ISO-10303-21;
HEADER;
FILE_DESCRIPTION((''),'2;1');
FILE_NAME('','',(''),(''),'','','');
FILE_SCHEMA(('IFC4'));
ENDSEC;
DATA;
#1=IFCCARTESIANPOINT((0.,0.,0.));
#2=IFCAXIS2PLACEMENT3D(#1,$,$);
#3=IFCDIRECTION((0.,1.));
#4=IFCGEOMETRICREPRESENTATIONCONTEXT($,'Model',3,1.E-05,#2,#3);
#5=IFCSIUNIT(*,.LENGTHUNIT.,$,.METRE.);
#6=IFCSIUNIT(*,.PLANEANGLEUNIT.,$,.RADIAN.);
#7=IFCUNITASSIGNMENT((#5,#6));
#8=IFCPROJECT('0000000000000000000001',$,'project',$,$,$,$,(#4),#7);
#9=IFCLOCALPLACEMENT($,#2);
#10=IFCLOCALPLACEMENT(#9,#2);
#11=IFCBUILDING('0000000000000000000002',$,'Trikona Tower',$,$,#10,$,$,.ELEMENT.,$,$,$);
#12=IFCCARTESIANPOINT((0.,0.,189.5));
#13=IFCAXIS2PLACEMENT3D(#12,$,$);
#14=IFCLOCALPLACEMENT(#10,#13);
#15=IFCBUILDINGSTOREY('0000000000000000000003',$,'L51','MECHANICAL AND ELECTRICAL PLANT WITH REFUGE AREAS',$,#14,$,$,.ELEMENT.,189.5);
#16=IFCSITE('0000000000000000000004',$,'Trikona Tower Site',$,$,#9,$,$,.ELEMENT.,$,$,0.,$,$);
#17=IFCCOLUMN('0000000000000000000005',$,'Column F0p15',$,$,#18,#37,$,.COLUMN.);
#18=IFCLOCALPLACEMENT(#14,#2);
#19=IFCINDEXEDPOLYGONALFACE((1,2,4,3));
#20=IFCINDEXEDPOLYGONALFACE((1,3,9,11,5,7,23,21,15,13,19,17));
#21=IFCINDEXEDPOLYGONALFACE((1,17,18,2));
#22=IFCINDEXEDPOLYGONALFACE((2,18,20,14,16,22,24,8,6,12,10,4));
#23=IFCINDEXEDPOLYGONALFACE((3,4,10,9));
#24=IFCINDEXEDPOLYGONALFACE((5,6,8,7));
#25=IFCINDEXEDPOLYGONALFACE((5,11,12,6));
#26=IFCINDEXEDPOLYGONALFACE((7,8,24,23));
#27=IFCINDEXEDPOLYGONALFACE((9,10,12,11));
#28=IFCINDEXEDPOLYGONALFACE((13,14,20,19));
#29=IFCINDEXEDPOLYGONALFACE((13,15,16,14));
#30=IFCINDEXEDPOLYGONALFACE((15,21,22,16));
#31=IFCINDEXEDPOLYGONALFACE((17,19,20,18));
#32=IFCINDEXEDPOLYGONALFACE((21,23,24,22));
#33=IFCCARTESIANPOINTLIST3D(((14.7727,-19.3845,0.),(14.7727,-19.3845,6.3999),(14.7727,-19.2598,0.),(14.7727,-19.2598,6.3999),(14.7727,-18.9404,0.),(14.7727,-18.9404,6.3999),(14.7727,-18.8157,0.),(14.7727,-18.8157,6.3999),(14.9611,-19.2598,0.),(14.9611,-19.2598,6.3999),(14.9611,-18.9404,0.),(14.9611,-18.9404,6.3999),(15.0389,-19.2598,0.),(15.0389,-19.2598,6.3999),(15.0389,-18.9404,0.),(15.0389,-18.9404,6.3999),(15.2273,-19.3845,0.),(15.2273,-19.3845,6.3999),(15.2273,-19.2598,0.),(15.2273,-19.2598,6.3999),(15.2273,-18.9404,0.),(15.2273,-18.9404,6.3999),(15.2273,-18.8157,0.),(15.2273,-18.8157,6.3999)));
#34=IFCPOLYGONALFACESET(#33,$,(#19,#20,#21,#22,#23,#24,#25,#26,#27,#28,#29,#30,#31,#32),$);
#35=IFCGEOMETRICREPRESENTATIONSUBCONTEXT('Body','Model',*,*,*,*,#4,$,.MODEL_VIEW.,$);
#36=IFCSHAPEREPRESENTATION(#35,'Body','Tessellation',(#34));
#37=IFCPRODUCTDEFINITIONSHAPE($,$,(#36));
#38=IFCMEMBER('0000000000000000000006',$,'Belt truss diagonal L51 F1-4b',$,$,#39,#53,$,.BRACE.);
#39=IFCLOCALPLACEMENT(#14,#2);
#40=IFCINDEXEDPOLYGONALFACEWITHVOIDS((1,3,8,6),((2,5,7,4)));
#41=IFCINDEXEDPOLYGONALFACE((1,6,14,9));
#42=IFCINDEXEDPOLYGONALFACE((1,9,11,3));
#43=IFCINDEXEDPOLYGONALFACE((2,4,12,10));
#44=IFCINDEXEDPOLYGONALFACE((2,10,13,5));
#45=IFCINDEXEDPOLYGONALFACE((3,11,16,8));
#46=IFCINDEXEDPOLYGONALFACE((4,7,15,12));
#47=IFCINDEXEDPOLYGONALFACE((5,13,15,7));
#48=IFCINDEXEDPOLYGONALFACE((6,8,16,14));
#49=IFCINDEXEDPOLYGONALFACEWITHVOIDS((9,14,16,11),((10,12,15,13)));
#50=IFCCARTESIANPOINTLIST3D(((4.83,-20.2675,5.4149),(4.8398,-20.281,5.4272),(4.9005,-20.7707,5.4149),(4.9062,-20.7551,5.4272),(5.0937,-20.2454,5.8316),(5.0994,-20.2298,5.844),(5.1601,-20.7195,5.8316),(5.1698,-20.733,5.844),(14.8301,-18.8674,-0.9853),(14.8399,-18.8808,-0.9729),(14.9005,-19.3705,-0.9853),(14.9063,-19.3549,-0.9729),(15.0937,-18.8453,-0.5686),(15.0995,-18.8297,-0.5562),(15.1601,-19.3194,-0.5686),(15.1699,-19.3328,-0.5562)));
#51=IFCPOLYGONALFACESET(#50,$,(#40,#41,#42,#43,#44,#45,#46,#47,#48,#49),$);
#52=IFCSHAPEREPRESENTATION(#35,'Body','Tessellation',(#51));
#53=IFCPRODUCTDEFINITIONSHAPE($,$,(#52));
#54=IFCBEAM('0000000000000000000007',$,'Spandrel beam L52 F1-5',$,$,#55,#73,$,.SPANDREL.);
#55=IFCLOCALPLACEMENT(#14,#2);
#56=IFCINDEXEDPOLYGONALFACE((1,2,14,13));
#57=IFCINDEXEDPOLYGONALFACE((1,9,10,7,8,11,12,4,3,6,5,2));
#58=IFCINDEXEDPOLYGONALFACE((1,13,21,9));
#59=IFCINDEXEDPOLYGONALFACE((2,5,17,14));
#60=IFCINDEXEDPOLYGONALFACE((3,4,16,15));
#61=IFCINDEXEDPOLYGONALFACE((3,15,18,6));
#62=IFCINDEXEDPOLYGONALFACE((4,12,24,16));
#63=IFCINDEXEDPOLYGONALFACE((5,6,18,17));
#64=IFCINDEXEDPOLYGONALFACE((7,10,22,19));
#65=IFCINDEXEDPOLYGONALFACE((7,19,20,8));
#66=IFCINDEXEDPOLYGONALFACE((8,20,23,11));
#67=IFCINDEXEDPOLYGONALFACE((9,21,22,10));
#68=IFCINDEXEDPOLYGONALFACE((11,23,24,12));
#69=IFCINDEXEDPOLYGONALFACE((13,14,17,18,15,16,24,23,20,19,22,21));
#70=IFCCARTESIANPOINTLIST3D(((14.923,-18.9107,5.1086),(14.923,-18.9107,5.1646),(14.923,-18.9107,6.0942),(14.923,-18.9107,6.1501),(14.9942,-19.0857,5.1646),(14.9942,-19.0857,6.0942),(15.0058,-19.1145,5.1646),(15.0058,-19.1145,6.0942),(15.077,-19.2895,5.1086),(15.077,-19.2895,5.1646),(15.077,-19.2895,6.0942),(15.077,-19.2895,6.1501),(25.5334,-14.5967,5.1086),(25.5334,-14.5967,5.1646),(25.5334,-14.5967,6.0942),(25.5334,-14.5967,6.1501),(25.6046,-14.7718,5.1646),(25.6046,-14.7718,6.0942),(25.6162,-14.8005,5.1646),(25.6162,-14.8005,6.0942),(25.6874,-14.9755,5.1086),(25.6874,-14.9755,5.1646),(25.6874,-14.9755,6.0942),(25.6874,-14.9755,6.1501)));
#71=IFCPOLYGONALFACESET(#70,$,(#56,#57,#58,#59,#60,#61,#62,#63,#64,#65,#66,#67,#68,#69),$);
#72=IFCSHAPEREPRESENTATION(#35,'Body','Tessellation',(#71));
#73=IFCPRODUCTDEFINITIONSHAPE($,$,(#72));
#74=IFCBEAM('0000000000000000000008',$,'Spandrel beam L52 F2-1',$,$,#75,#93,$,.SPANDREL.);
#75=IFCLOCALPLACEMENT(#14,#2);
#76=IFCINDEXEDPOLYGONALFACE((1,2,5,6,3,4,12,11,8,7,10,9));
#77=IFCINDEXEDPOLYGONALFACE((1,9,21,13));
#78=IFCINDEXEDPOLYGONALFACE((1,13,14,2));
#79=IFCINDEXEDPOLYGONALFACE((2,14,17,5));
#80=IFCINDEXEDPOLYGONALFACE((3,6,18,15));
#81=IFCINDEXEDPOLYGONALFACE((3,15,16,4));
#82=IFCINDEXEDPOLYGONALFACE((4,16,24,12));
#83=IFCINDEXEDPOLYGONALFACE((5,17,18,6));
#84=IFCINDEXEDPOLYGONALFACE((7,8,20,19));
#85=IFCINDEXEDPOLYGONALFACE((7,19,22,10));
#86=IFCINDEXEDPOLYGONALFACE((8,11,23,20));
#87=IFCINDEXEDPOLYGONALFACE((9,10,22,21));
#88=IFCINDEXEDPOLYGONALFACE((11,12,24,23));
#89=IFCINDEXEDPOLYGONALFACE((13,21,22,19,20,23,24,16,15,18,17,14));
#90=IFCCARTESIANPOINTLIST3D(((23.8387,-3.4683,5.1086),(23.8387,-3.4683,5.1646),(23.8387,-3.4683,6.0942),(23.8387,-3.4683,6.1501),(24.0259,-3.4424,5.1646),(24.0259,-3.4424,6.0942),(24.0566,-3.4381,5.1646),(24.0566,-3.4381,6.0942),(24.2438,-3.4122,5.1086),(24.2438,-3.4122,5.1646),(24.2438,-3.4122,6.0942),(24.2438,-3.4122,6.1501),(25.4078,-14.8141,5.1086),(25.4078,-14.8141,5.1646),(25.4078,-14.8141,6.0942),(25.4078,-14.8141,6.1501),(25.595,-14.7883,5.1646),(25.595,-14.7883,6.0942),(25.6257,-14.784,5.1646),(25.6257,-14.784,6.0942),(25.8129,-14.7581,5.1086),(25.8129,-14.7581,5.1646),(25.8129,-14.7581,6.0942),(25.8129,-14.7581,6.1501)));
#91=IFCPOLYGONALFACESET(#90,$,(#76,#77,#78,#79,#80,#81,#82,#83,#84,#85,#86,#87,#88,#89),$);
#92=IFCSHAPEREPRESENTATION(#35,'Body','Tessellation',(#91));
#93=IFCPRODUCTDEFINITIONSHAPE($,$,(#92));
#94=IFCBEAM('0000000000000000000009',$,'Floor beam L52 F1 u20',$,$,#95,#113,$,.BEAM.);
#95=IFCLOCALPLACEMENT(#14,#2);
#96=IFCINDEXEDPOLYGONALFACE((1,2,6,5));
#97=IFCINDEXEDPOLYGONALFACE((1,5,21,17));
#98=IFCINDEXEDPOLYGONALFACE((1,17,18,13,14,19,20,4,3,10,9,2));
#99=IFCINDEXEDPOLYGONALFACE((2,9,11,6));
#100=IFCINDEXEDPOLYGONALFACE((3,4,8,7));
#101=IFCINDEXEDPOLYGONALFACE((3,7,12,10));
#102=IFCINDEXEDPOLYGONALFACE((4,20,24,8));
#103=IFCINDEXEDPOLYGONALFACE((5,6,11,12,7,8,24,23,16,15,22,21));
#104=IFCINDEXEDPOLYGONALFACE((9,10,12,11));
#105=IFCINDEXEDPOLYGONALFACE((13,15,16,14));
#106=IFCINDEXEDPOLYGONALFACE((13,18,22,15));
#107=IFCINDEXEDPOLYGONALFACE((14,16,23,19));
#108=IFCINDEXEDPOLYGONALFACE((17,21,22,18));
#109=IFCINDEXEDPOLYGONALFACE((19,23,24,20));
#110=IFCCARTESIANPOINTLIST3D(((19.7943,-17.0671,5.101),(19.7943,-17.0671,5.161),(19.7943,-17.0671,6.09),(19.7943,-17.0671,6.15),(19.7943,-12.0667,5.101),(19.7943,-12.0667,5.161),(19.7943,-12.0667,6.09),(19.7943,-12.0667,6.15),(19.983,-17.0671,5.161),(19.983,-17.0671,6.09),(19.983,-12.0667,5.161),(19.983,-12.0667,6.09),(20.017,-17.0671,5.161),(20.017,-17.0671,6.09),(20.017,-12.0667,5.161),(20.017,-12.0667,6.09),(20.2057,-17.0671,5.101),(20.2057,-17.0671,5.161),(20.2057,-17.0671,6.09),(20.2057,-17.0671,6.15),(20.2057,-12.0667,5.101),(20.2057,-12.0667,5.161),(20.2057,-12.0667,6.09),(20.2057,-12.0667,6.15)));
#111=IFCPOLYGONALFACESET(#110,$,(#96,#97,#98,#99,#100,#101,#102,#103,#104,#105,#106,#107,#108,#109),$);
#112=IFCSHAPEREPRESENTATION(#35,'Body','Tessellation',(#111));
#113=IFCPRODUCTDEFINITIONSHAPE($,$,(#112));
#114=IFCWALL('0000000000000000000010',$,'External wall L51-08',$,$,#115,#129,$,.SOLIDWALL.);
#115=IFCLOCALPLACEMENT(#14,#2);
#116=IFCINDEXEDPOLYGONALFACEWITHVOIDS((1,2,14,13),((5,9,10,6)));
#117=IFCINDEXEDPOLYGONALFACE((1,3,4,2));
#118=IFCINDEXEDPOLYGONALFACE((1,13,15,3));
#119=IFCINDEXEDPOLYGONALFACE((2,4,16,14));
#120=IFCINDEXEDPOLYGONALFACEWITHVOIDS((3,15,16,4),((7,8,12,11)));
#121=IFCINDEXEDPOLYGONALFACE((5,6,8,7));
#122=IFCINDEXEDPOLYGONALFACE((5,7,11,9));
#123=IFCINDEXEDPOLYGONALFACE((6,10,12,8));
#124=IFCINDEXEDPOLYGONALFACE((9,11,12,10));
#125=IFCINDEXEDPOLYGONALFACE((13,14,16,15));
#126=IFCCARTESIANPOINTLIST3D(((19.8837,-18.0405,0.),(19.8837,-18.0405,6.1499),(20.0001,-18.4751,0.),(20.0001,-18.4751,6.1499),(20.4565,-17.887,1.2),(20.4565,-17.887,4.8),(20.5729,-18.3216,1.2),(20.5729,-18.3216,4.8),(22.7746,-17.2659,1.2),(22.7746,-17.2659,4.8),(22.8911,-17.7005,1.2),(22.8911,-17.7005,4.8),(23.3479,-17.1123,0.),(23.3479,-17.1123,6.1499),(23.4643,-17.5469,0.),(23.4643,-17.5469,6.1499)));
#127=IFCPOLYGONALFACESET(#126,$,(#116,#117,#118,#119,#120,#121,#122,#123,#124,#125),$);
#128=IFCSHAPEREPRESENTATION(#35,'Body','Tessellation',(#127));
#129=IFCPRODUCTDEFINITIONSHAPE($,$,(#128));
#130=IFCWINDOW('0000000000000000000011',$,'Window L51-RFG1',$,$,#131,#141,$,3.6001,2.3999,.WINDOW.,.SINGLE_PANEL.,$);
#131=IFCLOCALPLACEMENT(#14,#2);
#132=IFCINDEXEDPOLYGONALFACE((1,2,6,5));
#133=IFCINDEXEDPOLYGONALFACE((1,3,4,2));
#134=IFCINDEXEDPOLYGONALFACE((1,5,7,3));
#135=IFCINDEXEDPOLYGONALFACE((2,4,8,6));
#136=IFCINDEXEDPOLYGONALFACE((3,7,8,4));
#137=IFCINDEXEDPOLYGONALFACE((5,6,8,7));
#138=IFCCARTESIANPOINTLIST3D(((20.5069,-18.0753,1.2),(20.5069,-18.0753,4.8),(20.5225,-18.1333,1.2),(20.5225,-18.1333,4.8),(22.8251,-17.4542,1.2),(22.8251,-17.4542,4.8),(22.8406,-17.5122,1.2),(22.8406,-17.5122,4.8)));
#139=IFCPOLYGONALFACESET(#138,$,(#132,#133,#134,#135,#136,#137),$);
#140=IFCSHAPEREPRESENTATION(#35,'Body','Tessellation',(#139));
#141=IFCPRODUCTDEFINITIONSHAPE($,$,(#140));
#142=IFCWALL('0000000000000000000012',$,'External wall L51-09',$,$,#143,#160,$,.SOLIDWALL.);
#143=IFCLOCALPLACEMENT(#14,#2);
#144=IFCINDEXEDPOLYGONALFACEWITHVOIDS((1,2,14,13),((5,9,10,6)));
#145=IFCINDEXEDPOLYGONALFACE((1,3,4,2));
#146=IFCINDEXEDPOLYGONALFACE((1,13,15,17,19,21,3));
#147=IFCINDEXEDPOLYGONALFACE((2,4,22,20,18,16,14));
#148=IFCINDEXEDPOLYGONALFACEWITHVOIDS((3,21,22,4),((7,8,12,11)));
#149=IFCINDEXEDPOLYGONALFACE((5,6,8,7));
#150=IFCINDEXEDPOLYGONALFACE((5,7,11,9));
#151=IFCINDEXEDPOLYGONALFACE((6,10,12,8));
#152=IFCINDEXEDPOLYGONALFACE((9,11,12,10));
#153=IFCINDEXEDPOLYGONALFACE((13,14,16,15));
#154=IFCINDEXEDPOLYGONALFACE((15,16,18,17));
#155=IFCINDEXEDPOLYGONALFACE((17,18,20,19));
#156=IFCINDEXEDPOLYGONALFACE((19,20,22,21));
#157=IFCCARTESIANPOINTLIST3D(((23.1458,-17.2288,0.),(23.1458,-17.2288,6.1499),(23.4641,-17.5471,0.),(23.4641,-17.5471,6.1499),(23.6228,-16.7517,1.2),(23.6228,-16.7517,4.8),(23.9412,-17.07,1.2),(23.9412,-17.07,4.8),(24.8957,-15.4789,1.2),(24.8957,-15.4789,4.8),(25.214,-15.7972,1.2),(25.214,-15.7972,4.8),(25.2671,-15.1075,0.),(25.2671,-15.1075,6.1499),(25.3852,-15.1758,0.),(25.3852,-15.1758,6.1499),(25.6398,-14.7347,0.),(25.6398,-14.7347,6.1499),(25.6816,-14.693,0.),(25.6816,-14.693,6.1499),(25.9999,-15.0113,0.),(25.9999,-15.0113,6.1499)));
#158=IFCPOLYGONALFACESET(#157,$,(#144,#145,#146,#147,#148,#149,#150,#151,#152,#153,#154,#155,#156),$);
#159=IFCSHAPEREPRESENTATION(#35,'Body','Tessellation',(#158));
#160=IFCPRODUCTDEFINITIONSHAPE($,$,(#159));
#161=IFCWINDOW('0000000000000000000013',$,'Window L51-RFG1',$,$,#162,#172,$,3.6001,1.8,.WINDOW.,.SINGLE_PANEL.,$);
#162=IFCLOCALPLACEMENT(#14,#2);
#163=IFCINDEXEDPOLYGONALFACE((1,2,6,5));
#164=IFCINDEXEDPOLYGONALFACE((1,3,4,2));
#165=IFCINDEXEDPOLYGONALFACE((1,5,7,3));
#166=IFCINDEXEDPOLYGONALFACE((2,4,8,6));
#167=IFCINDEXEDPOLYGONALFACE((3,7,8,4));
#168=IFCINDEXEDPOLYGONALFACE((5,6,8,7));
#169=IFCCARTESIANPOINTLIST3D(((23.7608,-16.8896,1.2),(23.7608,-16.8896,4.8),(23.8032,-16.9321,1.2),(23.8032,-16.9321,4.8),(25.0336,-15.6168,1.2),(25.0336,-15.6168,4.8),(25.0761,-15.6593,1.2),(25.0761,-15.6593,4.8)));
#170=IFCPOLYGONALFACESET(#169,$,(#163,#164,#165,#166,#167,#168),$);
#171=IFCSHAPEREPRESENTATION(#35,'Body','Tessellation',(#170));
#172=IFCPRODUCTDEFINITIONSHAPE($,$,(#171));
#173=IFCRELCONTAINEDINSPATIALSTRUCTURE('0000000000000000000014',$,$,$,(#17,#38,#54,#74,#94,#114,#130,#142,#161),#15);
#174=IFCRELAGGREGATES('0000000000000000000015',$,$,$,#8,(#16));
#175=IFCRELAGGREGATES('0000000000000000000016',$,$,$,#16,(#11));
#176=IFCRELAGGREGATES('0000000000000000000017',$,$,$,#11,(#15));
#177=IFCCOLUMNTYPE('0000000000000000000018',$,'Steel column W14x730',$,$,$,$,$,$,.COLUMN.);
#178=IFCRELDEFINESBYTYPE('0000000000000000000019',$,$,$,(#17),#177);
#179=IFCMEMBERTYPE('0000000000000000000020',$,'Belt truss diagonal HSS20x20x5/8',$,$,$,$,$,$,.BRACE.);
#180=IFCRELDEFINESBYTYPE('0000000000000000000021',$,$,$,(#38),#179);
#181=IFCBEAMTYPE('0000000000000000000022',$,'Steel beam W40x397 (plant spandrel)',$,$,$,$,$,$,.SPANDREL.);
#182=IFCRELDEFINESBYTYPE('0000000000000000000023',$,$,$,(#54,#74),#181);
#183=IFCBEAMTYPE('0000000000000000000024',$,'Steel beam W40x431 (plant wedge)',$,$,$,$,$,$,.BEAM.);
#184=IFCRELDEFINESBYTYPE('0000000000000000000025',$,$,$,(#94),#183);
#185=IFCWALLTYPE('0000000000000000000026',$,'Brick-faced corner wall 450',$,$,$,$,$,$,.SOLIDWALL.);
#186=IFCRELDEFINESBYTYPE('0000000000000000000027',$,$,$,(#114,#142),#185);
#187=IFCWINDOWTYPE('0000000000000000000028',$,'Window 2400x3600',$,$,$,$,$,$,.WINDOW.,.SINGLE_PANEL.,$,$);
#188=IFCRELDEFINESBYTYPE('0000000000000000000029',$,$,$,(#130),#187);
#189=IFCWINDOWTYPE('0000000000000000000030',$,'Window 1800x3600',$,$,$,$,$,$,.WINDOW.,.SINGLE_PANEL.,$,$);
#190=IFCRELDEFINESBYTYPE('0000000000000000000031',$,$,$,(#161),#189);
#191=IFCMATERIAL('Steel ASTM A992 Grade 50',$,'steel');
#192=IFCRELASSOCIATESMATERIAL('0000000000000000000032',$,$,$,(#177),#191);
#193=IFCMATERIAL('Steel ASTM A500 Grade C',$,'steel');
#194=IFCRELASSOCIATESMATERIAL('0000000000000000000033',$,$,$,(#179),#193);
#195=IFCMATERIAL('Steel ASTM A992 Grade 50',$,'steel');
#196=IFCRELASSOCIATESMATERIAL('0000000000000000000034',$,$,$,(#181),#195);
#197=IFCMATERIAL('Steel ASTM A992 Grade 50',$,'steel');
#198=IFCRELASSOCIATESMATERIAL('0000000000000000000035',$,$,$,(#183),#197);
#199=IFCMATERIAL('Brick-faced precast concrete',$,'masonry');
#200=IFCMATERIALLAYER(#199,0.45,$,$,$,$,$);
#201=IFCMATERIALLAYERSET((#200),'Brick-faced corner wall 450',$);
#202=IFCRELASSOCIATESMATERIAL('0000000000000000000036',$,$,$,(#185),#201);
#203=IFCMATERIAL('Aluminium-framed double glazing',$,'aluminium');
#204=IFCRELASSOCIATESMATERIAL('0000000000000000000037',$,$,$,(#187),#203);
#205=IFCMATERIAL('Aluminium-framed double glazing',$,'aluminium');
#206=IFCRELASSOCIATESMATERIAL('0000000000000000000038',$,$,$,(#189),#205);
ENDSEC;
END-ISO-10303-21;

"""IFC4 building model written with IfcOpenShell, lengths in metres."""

from ifc_helpers import new_model, si_unit, direction, frame, frame_2d, origin, origin_2d, place, context, subcontext, project, spatial, polyline, rectangle, hollow_rectangle, i_section, outline, extrude, material, layer, layer_set, material_profile, profile_set, type_object, element, fill, save


model = new_model("IFC4")

# Units and contexts
model_context = context("Model", 3, precision=1e-05, world=origin(), true_north=direction((0.0, 1.0)))
body_context = subcontext(model_context, "Body", "Model", "MODEL_VIEW")
ifc_project = project(units=[si_unit("LENGTHUNIT", "METRE"), si_unit("PLANEANGLEUNIT", "RADIAN")], contexts=[model_context])

# Site, building, storey
site_placement = place(None, origin())
site = spatial("IfcSite", under=ifc_project, at=site_placement, Name="Trikona Tower Site", CompositionType="ELEMENT", RefElevation=0.0)
building_placement = place(site_placement, origin())
building = spatial("IfcBuilding", under=site, at=building_placement, Name="Trikona Tower", CompositionType="ELEMENT")
storey_placement = place(building_placement, frame((0.0, 0.0, 189.5)))
storey = spatial("IfcBuildingStorey", under=building, at=storey_placement, Name="L51", Description="MECHANICAL AND ELECTRICAL PLANT WITH REFUGE AREAS", CompositionType="ELEMENT", Elevation=189.5)

# Column
ifc_material_1 = material(Name="Steel ASTM A992 Grade 50", Category="steel")
ifc_material_profile_1 = material_profile(ifc_material_1, i_section(OverallWidth=0.4546, OverallDepth=0.5688, WebThickness=0.0779, FlangeThickness=0.1248, at=origin_2d()), Name="W14X730")
ifc_profile_set_1 = profile_set([ifc_material_profile_1], Name="Steel ASTM A992 Grade 50")
column_type = type_object("IfcColumnType", Name="Steel column W14x730", PredefinedType="COLUMN", material=ifc_profile_set_1)
column_placement = place(storey_placement, frame((15.0, -19.1001, 0.0), z_axis=(0.0, 0.0, 1.0), x_axis=(1.0, 0.0, 0.0)))
element("IfcColumn", 1, at=column_placement, inside=storey, type_object=column_type, Name="Column F0p15", PredefinedType="COLUMN", context=body_context, shape_type="SweptSolid", body=[
    extrude(i_section(OverallWidth=0.4546, OverallDepth=0.5688, WebThickness=0.0779, FlangeThickness=0.1248, at=origin_2d()), origin(), (0.0, 0.0, 1.0), 6.3999),
])

# Member
ifc_material_2 = material(Name="Steel ASTM A500 Grade C", Category="steel")
ifc_material_profile_2 = material_profile(ifc_material_2, hollow_rectangle(XDim=0.5081, YDim=0.5081, WallThickness=0.0146, at=origin_2d()), Name="HSS20X20X5/8")
ifc_profile_set_2 = profile_set([ifc_material_profile_2], Name="Steel ASTM A500 Grade C")
member_type = type_object("IfcMemberType", Name="Belt truss diagonal HSS20x20x5/8", PredefinedType="BRACE", material=ifc_profile_set_2)
member_placement = place(storey_placement, frame((15.0, -19.1001, -0.7708), z_axis=(-0.836469, -0.117118, 0.535353), x_axis=(0.138662, -0.99034, 0.0)))
element("IfcMember", 2, at=member_placement, inside=storey, type_object=member_type, Name="Belt truss diagonal L51 F1-4b", PredefinedType="BRACE", context=body_context, shape_type="SweptSolid", body=[
    extrude(hollow_rectangle(XDim=0.5081, YDim=0.5081, WallThickness=0.0146, at=origin_2d()), origin(), (0.0, 0.0, 1.0), 11.9551),
])

# Beams
ifc_material_3 = material(Name="Steel ASTM A992 Grade 50", Category="steel")
ifc_material_profile_3 = material_profile(ifc_material_3, i_section(OverallWidth=0.4089, OverallDepth=1.0415, WebThickness=0.031, FlangeThickness=0.0559, at=origin_2d()), Name="W40X397")
ifc_profile_set_3 = profile_set([ifc_material_profile_3], Name="Steel ASTM A992 Grade 50")
beam_type_1 = type_object("IfcBeamType", Name="Steel beam W40x397 (plant spandrel)", PredefinedType="SPANDREL", material=ifc_profile_set_3)
for number, where, z_axis, x_axis, name in (
    (3, (15.0, -19.1001, 5.6294), (0.92636, 0.37664, 0.0), (-0.37664, 0.92636, 0.0), "Spandrel beam L52 F1-5"),
    (4, (25.6104, -14.7861, 5.6294), (-0.136992, 0.990572, 0.0), (-0.990572, -0.136992, 0.0), "Spandrel beam L52 F2-1"),
):
    element("IfcBeam", number, at=place(storey_placement, frame(where, z_axis=z_axis, x_axis=x_axis)), inside=storey, type_object=beam_type_1, Name=name, PredefinedType="SPANDREL", context=body_context, shape_type="SweptSolid", body=[
        extrude(i_section(OverallWidth=0.4089, OverallDepth=1.0415, WebThickness=0.031, FlangeThickness=0.0559, at=origin_2d()), origin(), (0.0, 0.0, 1.0), 11.4539),
    ])
ifc_material_4 = material(Name="Steel ASTM A992 Grade 50", Category="steel")
ifc_material_profile_4 = material_profile(ifc_material_4, i_section(OverallWidth=0.4114, OverallDepth=1.0491, WebThickness=0.0339, FlangeThickness=0.0601, at=origin_2d()), Name="W40X431")
ifc_profile_set_4 = profile_set([ifc_material_profile_4], Name="Steel ASTM A992 Grade 50")
beam_type_2 = type_object("IfcBeamType", Name="Steel beam W40x431 (plant wedge)", PredefinedType="BEAM", material=ifc_profile_set_4)
beam_placement = place(storey_placement, frame((20.0, -12.0667, 5.6255), z_axis=(0.0, -1.0, 0.0), x_axis=(1.0, 0.0, 0.0)))
element("IfcBeam", 5, at=beam_placement, inside=storey, type_object=beam_type_2, Name="Floor beam L52 F1 u20", PredefinedType="BEAM", context=body_context, shape_type="SweptSolid", body=[
    extrude(i_section(OverallWidth=0.4114, OverallDepth=1.0491, WebThickness=0.0339, FlangeThickness=0.0601, at=origin_2d()), origin(), (0.0, 0.0, 1.0), 5.0005),
])

# Walls, openings, windows
ifc_material_5 = material(Name="Brick-faced precast concrete", Category="masonry")
ifc_layer_1 = layer(ifc_material_5, 0.45)
ifc_layer_set_1 = layer_set([ifc_layer_1], Name="Brick-faced corner wall 450")
wall_type_1 = type_object("IfcWallType", Name="Brick-faced corner wall 450", PredefinedType="SOLIDWALL", material=ifc_layer_set_1)
wall_1_placement = place(storey_placement, frame((19.9419, -18.2578, 0.0), z_axis=(0.0, 0.0, 1.0), x_axis=(0.965925, 0.258823, 0.0)))
wall_1 = element("IfcWall", 6, at=wall_1_placement, inside=storey, type_object=wall_type_1, Name="External wall L51-08", PredefinedType="SOLIDWALL", context=body_context, shape_type="SweptSolid", body=[
    extrude(rectangle(XDim=3.5864, YDim=0.45, at=frame_2d((1.7932, 0.0))), origin(), (0.0, 0.0, 1.0), 6.1499),
])
opening_1_placement = place(wall_1_placement, frame((0.593, 0.0, 1.2)))
opening_1 = element("IfcOpeningElement", 7, at=opening_1_placement, cuts=wall_1, PredefinedType="OPENING", context=body_context, shape_type="SweptSolid", body=[
    extrude(rectangle(XDim=2.3999, YDim=3.6001, at=frame_2d((1.2, 1.8))), frame((0.0, 0.2349, 0.0), z_axis=(0.0, -1.0, 0.0), x_axis=(1.0, 0.0, 0.0)), (0.0, 0.0, 1.0), 0.47),
])
ifc_material_6 = material(Name="Aluminium-framed double glazing", Category="aluminium")
window_type_1 = type_object("IfcWindowType", Name="Window 2400x3600", PartitioningType="SINGLE_PANEL", PredefinedType="WINDOW", material=ifc_material_6)
window_1_placement = place(opening_1_placement, origin())
window_1 = element("IfcWindow", 8, at=window_1_placement, inside=storey, type_object=window_type_1, Name="Window L51-RFG1", OverallHeight=3.6001, OverallWidth=2.3999, PartitioningType="SINGLE_PANEL", PredefinedType="WINDOW", context=body_context, shape_type="SweptSolid", body=[
    extrude(rectangle(XDim=2.3999, YDim=3.6001, at=frame_2d((1.2, 1.8))), frame((0.0, 0.03, 0.0), z_axis=(0.0, -1.0, 0.0), x_axis=(1.0, 0.0, 0.0)), (0.0, 0.0, 1.0), 0.0601),
])
fill(opening_1, window_1)
wall_2_placement = place(storey_placement, frame((23.3049, -17.3879, 0.0), z_axis=(0.0, 0.0, 1.0), x_axis=(0.707107, 0.707107, 0.0)))
wall_2 = element("IfcWall", 9, at=wall_2_placement, inside=storey, type_object=wall_type_1, Name="External wall L51-09", PredefinedType="SOLIDWALL", context=body_context, shape_type="SweptSolid", body=[
    extrude(outline(polyline([(3.5862, 0.2251), (3.5271, 0.2251), (3.0352, 0.0933), (3.0, 0.2251), (0.0, 0.2251), (0.0, -0.2251), (3.5862, -0.2251), (3.5862, 0.2251)])), origin(), (0.0, 0.0, 1.0), 6.1499),
])
opening_2_placement = place(wall_2_placement, frame((0.6748, 0.0, 1.2)))
opening_2 = element("IfcOpeningElement", 10, at=opening_2_placement, cuts=wall_2, PredefinedType="OPENING", context=body_context, shape_type="SweptSolid", body=[
    extrude(rectangle(XDim=1.8, YDim=3.6001, at=frame_2d((0.8999, 1.8))), frame((0.0, 0.2349, 0.0), z_axis=(0.0, -1.0, 0.0), x_axis=(1.0, 0.0, 0.0)), (0.0, 0.0, 1.0), 0.47),
])
ifc_material_7 = material(Name="Aluminium-framed double glazing", Category="aluminium")
window_type_2 = type_object("IfcWindowType", Name="Window 1800x3600", PartitioningType="SINGLE_PANEL", PredefinedType="WINDOW", material=ifc_material_7)
window_2_placement = place(opening_2_placement, origin())
window_2 = element("IfcWindow", 11, at=window_2_placement, inside=storey, type_object=window_type_2, Name="Window L51-RFG1", OverallHeight=3.6001, OverallWidth=1.8, PartitioningType="SINGLE_PANEL", PredefinedType="WINDOW", context=body_context, shape_type="SweptSolid", body=[
    extrude(rectangle(XDim=1.8, YDim=3.6001, at=frame_2d((0.8999, 1.8))), frame((0.0, 0.03, 0.0), z_axis=(0.0, -1.0, 0.0), x_axis=(1.0, 0.0, 0.0)), (0.0, 0.0, 1.0), 0.0601),
])
fill(opening_2, window_2)

save(model, "model.ifc")
